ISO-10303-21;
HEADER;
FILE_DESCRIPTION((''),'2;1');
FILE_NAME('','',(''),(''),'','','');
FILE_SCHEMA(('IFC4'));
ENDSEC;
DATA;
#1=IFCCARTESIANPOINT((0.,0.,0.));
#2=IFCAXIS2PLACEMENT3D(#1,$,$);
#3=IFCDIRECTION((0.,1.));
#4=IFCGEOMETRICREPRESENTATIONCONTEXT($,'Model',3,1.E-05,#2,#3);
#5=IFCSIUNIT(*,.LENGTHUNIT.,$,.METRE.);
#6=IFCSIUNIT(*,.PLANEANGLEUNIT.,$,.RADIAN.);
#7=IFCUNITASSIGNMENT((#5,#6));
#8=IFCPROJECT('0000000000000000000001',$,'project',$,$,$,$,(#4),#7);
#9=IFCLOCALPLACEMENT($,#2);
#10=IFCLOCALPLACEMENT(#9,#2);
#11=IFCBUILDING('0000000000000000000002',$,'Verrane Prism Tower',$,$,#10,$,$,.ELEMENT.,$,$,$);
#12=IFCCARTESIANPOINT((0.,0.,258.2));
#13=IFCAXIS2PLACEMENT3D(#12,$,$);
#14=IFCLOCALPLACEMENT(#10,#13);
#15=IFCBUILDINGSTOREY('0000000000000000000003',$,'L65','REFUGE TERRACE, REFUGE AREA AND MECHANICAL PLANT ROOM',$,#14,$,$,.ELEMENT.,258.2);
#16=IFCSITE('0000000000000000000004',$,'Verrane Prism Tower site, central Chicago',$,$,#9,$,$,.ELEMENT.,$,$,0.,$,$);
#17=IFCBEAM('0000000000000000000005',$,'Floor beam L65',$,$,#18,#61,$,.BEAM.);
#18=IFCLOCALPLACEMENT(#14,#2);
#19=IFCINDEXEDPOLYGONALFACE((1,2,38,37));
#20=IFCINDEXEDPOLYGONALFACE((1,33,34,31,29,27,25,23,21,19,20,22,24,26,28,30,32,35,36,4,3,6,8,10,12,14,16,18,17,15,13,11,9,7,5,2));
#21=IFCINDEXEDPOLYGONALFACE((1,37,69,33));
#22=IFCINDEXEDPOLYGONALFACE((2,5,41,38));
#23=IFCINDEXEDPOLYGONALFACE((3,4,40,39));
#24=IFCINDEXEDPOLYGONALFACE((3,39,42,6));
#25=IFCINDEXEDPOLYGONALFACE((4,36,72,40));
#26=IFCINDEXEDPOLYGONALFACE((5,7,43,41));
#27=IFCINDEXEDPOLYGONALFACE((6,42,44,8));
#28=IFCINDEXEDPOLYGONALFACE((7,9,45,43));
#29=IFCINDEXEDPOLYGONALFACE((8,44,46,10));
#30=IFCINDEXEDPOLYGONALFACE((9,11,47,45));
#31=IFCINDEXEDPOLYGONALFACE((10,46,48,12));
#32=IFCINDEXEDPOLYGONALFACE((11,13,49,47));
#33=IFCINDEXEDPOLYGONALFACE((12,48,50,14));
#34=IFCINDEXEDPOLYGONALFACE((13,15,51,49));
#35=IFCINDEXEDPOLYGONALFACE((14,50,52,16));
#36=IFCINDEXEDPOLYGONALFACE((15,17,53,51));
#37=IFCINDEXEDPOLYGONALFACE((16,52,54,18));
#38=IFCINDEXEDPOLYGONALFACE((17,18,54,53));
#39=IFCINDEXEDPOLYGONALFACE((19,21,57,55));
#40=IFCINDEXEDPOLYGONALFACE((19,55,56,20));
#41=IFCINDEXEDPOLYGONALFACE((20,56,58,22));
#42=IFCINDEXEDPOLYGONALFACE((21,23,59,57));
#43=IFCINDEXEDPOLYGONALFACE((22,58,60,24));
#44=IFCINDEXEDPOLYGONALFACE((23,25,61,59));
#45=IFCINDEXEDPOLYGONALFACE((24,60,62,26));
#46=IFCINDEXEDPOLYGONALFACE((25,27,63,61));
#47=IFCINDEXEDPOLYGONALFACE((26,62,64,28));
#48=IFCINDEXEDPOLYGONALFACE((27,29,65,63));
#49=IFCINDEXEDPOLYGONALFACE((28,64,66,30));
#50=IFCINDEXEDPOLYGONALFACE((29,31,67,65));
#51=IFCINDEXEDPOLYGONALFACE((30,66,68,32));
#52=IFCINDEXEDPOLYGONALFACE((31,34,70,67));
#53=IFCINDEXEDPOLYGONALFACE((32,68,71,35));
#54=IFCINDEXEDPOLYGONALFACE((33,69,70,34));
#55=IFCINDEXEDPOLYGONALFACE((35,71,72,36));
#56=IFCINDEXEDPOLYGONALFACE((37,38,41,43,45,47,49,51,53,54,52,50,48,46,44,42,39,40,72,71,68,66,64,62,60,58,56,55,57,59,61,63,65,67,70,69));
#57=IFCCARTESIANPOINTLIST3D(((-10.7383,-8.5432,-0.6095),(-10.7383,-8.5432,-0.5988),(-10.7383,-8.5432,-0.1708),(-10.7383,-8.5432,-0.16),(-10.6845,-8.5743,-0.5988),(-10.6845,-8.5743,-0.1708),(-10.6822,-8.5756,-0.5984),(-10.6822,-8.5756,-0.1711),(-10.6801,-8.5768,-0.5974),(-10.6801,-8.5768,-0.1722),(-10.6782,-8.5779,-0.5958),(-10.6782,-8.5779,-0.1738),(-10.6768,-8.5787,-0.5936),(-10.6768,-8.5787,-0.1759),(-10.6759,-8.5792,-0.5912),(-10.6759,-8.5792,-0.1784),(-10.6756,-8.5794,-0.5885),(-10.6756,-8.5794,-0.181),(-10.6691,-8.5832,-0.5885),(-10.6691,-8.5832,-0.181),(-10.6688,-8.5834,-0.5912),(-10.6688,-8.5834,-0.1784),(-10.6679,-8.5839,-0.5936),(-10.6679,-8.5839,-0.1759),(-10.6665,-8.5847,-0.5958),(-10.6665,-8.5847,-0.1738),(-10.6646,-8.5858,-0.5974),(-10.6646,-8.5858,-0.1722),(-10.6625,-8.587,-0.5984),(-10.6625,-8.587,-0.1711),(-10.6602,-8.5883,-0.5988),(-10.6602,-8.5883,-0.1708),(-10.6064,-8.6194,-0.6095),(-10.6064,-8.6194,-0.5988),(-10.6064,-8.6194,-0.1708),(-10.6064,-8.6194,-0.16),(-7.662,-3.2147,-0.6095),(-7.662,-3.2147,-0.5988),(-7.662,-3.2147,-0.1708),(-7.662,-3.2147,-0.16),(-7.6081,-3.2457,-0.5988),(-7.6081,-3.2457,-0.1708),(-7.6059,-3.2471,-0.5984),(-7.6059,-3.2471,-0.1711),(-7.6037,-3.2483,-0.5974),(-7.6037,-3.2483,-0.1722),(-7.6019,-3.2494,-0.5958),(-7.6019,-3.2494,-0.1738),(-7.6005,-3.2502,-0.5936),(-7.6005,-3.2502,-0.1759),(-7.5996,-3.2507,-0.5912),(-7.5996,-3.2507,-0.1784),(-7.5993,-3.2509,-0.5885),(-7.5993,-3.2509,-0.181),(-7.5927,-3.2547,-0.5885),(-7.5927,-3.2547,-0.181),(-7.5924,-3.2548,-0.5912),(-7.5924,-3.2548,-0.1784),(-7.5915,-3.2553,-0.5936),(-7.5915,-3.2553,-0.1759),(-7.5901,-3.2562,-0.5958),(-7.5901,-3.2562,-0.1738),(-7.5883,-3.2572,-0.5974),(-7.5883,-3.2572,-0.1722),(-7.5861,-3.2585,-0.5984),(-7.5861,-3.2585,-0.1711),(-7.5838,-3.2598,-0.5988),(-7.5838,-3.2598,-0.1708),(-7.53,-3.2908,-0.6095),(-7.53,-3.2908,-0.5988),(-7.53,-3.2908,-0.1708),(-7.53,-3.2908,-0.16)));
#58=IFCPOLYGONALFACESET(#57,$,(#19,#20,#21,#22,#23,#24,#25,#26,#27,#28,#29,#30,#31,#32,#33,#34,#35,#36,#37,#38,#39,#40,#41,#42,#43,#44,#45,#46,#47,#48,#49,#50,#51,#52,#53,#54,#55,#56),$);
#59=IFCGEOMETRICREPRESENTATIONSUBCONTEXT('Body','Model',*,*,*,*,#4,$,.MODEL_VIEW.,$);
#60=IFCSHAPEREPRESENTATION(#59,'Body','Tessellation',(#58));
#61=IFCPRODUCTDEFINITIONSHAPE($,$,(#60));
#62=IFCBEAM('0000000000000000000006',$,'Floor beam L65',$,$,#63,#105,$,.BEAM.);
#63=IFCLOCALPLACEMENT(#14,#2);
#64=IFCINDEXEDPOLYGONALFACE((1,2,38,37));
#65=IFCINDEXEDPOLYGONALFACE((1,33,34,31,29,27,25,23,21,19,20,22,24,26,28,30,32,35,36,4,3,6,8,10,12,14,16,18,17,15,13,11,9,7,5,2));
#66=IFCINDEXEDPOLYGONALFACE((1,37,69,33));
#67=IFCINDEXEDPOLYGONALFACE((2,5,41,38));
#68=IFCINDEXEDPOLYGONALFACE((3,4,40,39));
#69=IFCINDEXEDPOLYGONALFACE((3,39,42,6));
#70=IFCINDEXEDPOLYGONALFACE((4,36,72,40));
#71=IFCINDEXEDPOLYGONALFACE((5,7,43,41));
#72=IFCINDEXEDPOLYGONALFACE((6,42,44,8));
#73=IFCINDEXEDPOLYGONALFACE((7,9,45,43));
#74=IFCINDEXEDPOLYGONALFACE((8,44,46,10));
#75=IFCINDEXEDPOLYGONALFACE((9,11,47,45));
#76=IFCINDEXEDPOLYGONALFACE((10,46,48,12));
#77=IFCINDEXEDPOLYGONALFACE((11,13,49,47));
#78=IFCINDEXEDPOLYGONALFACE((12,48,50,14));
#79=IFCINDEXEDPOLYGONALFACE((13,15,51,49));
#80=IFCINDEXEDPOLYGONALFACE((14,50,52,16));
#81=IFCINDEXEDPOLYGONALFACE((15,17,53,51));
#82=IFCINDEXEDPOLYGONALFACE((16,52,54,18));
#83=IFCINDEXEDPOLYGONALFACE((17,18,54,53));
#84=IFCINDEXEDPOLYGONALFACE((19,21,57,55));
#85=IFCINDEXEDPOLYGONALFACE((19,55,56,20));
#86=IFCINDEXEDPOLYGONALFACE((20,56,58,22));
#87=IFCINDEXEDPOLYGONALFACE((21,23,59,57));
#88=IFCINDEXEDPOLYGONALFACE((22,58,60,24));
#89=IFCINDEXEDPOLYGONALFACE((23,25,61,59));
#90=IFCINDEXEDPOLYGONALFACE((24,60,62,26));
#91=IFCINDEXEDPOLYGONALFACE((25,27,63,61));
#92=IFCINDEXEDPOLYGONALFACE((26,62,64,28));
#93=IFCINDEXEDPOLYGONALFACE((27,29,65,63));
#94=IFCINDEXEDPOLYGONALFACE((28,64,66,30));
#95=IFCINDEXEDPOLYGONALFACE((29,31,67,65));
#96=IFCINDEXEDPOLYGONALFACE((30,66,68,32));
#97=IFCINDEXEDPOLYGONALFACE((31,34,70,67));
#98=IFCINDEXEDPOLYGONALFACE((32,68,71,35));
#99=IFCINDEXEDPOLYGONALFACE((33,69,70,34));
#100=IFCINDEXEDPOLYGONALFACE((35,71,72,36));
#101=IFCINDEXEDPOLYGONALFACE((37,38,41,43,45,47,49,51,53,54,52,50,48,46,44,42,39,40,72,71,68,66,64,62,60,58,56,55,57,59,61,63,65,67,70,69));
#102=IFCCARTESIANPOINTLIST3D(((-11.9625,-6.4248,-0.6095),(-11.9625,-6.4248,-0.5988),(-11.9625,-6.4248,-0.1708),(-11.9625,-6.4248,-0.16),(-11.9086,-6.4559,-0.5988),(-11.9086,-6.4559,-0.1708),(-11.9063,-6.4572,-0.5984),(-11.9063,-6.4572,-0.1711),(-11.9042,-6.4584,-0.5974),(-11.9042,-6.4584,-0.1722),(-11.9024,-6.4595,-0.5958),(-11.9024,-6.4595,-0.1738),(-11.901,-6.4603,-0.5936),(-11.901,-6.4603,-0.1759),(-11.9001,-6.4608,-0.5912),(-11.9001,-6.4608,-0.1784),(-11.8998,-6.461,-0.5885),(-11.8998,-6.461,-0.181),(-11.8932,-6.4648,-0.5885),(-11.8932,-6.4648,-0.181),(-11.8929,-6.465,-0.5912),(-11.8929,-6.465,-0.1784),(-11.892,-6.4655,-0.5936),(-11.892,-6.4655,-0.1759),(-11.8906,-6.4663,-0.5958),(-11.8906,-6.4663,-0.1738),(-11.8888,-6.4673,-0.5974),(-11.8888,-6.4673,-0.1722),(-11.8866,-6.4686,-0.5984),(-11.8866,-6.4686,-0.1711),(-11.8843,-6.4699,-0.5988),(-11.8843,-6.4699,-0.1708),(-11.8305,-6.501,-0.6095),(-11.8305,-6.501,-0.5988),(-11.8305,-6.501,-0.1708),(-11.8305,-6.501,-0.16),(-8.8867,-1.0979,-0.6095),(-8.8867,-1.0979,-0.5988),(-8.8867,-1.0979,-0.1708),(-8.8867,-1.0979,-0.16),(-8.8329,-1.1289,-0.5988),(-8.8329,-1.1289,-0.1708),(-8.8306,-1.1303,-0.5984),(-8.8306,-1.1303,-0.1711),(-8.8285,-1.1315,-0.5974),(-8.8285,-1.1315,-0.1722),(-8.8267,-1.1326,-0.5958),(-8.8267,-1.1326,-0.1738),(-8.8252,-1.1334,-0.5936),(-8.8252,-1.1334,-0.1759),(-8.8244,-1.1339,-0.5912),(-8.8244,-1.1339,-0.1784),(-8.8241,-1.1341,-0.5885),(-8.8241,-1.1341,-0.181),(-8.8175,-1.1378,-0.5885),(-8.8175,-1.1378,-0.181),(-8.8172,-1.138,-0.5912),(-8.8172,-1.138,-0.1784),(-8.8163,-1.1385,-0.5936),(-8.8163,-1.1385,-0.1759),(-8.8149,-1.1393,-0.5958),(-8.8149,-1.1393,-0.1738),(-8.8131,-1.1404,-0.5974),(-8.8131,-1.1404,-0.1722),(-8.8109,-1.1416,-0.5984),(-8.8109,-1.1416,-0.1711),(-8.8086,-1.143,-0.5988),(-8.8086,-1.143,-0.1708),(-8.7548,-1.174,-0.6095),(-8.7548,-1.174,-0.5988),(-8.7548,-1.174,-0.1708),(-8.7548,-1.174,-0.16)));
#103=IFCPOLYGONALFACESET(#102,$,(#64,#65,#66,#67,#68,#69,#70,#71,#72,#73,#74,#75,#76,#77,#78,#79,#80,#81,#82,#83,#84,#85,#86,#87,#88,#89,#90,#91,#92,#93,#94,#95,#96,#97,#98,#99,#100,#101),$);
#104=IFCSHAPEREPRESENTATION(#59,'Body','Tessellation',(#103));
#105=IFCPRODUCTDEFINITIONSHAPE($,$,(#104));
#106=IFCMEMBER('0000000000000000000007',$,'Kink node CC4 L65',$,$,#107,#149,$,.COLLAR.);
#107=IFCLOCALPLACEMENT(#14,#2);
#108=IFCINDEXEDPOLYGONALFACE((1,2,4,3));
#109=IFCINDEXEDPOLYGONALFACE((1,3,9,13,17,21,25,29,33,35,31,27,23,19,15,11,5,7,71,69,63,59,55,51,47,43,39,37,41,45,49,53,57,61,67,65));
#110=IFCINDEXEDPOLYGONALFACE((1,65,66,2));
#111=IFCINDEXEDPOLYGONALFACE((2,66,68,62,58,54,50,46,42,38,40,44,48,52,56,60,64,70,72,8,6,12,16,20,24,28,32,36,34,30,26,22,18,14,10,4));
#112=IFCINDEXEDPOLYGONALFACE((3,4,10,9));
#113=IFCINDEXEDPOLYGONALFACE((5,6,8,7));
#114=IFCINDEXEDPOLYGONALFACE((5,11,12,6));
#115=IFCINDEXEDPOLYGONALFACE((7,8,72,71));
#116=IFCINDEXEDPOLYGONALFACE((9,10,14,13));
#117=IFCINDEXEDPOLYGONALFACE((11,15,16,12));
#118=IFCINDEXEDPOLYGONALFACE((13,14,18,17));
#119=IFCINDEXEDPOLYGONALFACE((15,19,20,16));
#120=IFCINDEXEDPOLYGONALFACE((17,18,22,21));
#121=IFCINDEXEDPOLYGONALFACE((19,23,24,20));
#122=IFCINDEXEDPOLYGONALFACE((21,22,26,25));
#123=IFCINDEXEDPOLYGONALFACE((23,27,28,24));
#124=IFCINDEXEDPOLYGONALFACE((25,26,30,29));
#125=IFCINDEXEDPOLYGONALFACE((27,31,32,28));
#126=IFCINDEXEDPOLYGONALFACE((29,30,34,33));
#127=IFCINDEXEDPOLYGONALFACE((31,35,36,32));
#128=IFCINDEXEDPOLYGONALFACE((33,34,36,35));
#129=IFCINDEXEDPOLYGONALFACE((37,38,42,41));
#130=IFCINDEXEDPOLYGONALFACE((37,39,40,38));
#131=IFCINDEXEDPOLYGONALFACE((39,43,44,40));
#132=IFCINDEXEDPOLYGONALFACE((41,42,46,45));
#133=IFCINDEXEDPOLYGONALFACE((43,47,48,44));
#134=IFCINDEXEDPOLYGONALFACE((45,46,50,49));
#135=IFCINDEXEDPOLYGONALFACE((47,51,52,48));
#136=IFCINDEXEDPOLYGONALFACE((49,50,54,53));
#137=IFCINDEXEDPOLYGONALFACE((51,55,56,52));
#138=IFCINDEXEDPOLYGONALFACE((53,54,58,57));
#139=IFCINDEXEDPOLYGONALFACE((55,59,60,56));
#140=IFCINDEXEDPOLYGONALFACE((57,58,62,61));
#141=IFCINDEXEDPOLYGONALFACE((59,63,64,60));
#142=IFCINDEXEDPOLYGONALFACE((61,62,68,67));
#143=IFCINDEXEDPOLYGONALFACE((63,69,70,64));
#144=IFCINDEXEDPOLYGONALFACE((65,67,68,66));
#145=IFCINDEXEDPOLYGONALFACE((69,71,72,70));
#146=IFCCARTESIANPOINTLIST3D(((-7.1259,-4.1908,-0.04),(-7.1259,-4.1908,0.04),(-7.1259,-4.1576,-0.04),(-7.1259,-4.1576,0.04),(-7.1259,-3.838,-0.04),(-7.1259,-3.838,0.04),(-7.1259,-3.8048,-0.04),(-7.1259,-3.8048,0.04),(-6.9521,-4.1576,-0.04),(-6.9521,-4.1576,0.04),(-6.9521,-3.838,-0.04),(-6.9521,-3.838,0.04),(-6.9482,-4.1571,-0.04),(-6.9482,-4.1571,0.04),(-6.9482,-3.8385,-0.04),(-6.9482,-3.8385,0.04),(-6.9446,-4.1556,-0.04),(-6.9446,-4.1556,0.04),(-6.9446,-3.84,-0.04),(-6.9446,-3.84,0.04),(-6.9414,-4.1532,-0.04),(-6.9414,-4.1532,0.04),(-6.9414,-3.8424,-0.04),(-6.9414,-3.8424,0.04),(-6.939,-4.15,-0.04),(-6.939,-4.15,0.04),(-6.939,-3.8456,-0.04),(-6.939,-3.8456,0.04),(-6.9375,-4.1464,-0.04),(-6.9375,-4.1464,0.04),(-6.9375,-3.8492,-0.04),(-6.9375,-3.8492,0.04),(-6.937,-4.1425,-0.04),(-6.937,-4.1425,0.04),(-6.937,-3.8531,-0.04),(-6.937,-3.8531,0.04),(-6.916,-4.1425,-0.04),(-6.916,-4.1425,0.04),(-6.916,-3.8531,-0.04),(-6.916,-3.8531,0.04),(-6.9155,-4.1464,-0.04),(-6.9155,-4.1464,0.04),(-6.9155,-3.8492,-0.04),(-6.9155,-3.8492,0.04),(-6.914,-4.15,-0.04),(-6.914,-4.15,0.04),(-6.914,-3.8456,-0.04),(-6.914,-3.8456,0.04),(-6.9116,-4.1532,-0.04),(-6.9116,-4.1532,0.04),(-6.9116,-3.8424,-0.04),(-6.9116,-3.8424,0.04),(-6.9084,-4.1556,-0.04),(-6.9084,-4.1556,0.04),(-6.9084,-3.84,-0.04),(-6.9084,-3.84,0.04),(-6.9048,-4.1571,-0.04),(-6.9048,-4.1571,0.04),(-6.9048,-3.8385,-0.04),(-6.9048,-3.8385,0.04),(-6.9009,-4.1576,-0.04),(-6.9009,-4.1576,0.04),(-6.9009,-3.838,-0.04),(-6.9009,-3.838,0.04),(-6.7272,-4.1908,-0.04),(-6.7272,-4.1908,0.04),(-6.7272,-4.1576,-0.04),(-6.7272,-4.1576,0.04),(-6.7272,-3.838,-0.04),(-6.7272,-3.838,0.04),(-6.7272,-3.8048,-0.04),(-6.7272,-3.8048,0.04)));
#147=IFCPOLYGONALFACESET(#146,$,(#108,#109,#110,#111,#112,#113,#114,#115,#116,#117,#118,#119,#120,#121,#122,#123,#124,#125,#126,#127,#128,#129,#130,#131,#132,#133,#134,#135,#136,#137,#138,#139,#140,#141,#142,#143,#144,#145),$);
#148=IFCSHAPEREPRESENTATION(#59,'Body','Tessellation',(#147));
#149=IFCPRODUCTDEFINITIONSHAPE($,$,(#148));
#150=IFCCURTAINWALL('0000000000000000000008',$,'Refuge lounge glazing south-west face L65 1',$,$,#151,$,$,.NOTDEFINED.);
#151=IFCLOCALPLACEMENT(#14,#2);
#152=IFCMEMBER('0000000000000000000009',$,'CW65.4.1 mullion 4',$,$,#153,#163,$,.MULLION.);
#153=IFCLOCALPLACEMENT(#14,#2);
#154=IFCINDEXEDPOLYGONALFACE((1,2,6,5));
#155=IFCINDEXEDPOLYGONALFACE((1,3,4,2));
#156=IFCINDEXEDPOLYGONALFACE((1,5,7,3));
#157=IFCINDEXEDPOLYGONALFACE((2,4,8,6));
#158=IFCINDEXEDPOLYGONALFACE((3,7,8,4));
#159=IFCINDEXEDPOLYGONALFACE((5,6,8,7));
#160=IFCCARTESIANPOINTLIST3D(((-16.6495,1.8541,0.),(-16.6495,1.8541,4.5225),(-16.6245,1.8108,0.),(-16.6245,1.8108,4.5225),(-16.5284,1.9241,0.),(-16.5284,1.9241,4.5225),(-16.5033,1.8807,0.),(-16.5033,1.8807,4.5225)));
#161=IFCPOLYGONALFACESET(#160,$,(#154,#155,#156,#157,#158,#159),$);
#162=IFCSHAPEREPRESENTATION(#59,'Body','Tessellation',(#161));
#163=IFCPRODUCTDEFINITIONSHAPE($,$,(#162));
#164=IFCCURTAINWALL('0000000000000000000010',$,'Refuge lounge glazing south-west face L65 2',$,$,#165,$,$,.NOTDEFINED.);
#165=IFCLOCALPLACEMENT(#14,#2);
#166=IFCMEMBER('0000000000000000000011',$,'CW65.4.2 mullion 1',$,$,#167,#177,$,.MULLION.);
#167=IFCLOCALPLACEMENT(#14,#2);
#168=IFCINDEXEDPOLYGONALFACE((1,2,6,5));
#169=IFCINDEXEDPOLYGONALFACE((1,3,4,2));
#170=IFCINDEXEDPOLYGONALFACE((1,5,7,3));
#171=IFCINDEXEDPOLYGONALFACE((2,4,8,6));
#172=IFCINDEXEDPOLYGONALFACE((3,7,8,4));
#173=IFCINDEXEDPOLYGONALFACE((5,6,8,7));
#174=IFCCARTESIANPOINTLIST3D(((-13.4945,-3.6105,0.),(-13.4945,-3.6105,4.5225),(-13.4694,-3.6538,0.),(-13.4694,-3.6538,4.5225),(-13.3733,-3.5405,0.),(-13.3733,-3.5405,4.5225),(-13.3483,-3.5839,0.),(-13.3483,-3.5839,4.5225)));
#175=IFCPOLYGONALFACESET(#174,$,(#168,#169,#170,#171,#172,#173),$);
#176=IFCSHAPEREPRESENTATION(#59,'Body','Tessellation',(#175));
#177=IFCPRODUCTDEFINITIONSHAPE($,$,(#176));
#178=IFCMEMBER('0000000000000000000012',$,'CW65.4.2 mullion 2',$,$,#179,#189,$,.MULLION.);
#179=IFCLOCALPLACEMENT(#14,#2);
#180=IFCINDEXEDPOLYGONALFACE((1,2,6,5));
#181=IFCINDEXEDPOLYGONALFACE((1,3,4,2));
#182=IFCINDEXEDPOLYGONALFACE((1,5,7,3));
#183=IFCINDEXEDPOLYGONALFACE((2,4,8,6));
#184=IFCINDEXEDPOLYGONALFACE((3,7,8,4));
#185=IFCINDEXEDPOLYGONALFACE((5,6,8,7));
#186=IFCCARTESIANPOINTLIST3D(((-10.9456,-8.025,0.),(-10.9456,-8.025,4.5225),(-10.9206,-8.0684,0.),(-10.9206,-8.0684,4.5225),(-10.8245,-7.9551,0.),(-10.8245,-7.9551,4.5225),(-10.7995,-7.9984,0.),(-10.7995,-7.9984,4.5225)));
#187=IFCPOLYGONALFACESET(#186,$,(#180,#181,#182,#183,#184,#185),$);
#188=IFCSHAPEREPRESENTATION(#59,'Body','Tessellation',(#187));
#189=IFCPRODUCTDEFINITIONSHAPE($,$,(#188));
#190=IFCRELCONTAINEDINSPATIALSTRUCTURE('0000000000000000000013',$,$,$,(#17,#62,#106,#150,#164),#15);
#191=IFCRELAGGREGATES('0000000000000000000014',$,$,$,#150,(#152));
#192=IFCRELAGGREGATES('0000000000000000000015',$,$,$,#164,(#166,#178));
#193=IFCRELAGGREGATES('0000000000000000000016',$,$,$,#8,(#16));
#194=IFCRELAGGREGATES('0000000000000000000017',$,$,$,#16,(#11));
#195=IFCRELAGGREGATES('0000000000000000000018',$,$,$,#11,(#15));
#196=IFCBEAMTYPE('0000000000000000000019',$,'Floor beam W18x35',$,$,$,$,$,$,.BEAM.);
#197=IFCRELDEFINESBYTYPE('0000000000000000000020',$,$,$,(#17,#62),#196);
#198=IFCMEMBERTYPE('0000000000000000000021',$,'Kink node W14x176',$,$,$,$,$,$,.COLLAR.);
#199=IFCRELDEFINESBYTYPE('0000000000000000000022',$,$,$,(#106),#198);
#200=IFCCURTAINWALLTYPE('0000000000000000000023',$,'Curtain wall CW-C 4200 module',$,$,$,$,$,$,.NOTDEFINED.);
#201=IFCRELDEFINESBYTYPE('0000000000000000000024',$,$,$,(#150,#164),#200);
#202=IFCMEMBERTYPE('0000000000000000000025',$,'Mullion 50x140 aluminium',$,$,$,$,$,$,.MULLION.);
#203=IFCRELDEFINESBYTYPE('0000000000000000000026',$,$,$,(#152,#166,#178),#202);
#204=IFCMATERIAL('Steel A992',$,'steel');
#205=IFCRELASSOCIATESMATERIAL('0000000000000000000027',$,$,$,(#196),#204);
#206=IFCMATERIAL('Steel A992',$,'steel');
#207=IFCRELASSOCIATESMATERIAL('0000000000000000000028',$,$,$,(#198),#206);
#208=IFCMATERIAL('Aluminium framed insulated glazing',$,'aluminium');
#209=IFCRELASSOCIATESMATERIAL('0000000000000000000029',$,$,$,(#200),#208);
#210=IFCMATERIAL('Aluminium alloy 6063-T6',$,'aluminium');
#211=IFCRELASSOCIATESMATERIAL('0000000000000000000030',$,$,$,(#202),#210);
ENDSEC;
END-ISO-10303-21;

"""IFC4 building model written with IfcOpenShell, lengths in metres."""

from ifc_helpers import new_model, si_unit, direction, frame, origin, origin_2d, place, context, subcontext, project, spatial, rectangle, i_section, extrude, material, material_profile, profile_set, type_object, element, aggregate, save


model = new_model("IFC4")

# Units and contexts
model_context = context("Model", 3, precision=1e-05, world=origin(), true_north=direction((0.0, 1.0)))
body_context = subcontext(model_context, "Body", "Model", "MODEL_VIEW")
ifc_project = project(units=[si_unit("LENGTHUNIT", "METRE"), si_unit("PLANEANGLEUNIT", "RADIAN")], contexts=[model_context])

# Site, building, storey
site_placement = place(None, origin())
site = spatial("IfcSite", under=ifc_project, at=site_placement, Name="Verrane Prism Tower site, central Chicago", CompositionType="ELEMENT", RefElevation=0.0)
building_placement = place(site_placement, origin())
building = spatial("IfcBuilding", under=site, at=building_placement, Name="Verrane Prism Tower", CompositionType="ELEMENT")
storey_placement = place(building_placement, frame((0.0, 0.0, 258.2)))
storey = spatial("IfcBuildingStorey", under=building, at=storey_placement, Name="L65", Description="REFUGE TERRACE, REFUGE AREA AND MECHANICAL PLANT ROOM", CompositionType="ELEMENT", Elevation=258.2)

# Beams
ifc_material_1 = material(Name="Steel A992", Category="steel")
ifc_material_profile_1 = material_profile(ifc_material_1, i_section(OverallWidth=0.1523, OverallDepth=0.4495, WebThickness=0.0076, FlangeThickness=0.0107, FilletRadius=0.0103, at=origin_2d()), Name="W18x35")
ifc_profile_set_1 = profile_set([ifc_material_profile_1], Name="Steel A992")
beam_type_1 = type_object("IfcBeamType", Name="Floor beam W18x35", PredefinedType="BEAM", material=ifc_profile_set_1)
beam_1_placement = place(storey_placement, frame((-10.6724, -8.5813, -0.3848), z_axis=(0.499993, 0.86603, 0.0), x_axis=(-0.86603, 0.499993, 0.0)))
element("IfcBeam", 1, at=beam_1_placement, inside=storey, type_object=beam_type_1, Name="Floor beam L65", PredefinedType="BEAM", context=body_context, shape_type="SweptSolid", body=[
    extrude(i_section(OverallWidth=0.1523, OverallDepth=0.4495, WebThickness=0.0076, FlangeThickness=0.0107, FilletRadius=0.0103, at=origin_2d()), origin(), (0.0, 0.0, 1.0), 6.1528),
])
beam_2_placement = place(storey_placement, frame((-11.8965, -6.4629, -0.3848), z_axis=(0.500024, 0.866012, 0.0), x_axis=(-0.866012, 0.500024, 0.0)))
element("IfcBeam", 2, at=beam_2_placement, inside=storey, type_object=beam_type_1, Name="Floor beam L65", PredefinedType="BEAM", context=body_context, shape_type="SweptSolid", body=[
    extrude(i_section(OverallWidth=0.1523, OverallDepth=0.4495, WebThickness=0.0076, FlangeThickness=0.0107, FilletRadius=0.0103, at=origin_2d()), origin(), (0.0, 0.0, 1.0), 6.1511),
])

# Member
ifc_material_2 = material(Name="Steel A992", Category="steel")
ifc_material_profile_2 = material_profile(ifc_material_2, i_section(OverallWidth=0.3987, OverallDepth=0.386, WebThickness=0.021, FlangeThickness=0.0332, FilletRadius=0.0151, at=origin_2d()), Name="W14x176")
ifc_profile_set_2 = profile_set([ifc_material_profile_2], Name="Steel A992")
member_type_1 = type_object("IfcMemberType", Name="Kink node W14x176", PredefinedType="COLLAR", material=ifc_profile_set_2)
member_1_placement = place(storey_placement, frame((-6.9265, -3.9978, -0.04), z_axis=(0.0, 0.0, 1.0), x_axis=(1.0, 0.0, 0.0)))
element("IfcMember", 3, at=member_1_placement, inside=storey, type_object=member_type_1, Name="Kink node CC4 L65", PredefinedType="COLLAR", context=body_context, shape_type="SweptSolid", body=[
    extrude(i_section(OverallWidth=0.3987, OverallDepth=0.386, WebThickness=0.021, FlangeThickness=0.0332, FilletRadius=0.0151, at=origin_2d()), origin(), (0.0, 0.0, 1.0), 0.0801),
])

# Curtain wall, member
ifc_material_3 = material(Name="Aluminium framed insulated glazing", Category="aluminium")
curtain_wall_type = type_object("IfcCurtainWallType", Name="Curtain wall CW-C 4200 module", PredefinedType="NOTDEFINED", material=ifc_material_3)
curtain_wall_1_placement = place(storey_placement, origin())
curtain_wall_1 = element("IfcCurtainWall", 4, at=curtain_wall_1_placement, inside=storey, type_object=curtain_wall_type, Name="Refuge lounge glazing south-west face L65 1", PredefinedType="NOTDEFINED")
ifc_material_4 = material(Name="Aluminium alloy 6063-T6", Category="aluminium")
ifc_material_profile_3 = material_profile(ifc_material_4, rectangle(XDim=0.1399, YDim=0.05, at=origin_2d()), Name="Mullion 50x140 aluminium")
ifc_profile_set_3 = profile_set([ifc_material_profile_3], Name="Aluminium alloy 6063-T6")
member_type_2 = type_object("IfcMemberType", Name="Mullion 50x140 aluminium", PredefinedType="MULLION", material=ifc_profile_set_3)
member_2_placement = place(storey_placement, frame((-16.5764, 1.8674, 0.0), z_axis=(0.0, 0.0, 1.0), x_axis=(0.866027, 0.499997, 0.0)))
member_2 = element("IfcMember", 5, at=member_2_placement, type_object=member_type_2, Name="CW65.4.1 mullion 4", PredefinedType="MULLION", context=body_context, shape_type="SweptSolid", body=[
    extrude(rectangle(XDim=0.1399, YDim=0.05, at=origin_2d()), origin(), (0.0, 0.0, 1.0), 4.5225),
])
aggregate(curtain_wall_1, [member_2])

# Curtain wall, members
curtain_wall_2_placement = place(storey_placement, origin())
curtain_wall_2 = element("IfcCurtainWall", 6, at=curtain_wall_2_placement, inside=storey, type_object=curtain_wall_type, Name="Refuge lounge glazing south-west face L65 2", PredefinedType="NOTDEFINED")
member_3_placement = place(storey_placement, frame((-13.4214, -3.5972, 0.0), z_axis=(0.0, 0.0, 1.0), x_axis=(0.866025, 0.500001, 0.0)))
member_3 = element("IfcMember", 7, at=member_3_placement, type_object=member_type_2, Name="CW65.4.2 mullion 1", PredefinedType="MULLION", context=body_context, shape_type="SweptSolid", body=[
    extrude(rectangle(XDim=0.1399, YDim=0.05, at=origin_2d()), origin(), (0.0, 0.0, 1.0), 4.5225),
])
member_4_placement = place(storey_placement, frame((-10.8726, -8.0117, 0.0), z_axis=(0.0, 0.0, 1.0), x_axis=(0.866025, 0.500001, 0.0)))
member_4 = element("IfcMember", 8, at=member_4_placement, type_object=member_type_2, Name="CW65.4.2 mullion 2", PredefinedType="MULLION", context=body_context, shape_type="SweptSolid", body=[
    extrude(rectangle(XDim=0.1399, YDim=0.05, at=origin_2d()), origin(), (0.0, 0.0, 1.0), 4.5225),
])

aggregate(curtain_wall_2, [member_3, member_4])

save(model, "model.ifc")
